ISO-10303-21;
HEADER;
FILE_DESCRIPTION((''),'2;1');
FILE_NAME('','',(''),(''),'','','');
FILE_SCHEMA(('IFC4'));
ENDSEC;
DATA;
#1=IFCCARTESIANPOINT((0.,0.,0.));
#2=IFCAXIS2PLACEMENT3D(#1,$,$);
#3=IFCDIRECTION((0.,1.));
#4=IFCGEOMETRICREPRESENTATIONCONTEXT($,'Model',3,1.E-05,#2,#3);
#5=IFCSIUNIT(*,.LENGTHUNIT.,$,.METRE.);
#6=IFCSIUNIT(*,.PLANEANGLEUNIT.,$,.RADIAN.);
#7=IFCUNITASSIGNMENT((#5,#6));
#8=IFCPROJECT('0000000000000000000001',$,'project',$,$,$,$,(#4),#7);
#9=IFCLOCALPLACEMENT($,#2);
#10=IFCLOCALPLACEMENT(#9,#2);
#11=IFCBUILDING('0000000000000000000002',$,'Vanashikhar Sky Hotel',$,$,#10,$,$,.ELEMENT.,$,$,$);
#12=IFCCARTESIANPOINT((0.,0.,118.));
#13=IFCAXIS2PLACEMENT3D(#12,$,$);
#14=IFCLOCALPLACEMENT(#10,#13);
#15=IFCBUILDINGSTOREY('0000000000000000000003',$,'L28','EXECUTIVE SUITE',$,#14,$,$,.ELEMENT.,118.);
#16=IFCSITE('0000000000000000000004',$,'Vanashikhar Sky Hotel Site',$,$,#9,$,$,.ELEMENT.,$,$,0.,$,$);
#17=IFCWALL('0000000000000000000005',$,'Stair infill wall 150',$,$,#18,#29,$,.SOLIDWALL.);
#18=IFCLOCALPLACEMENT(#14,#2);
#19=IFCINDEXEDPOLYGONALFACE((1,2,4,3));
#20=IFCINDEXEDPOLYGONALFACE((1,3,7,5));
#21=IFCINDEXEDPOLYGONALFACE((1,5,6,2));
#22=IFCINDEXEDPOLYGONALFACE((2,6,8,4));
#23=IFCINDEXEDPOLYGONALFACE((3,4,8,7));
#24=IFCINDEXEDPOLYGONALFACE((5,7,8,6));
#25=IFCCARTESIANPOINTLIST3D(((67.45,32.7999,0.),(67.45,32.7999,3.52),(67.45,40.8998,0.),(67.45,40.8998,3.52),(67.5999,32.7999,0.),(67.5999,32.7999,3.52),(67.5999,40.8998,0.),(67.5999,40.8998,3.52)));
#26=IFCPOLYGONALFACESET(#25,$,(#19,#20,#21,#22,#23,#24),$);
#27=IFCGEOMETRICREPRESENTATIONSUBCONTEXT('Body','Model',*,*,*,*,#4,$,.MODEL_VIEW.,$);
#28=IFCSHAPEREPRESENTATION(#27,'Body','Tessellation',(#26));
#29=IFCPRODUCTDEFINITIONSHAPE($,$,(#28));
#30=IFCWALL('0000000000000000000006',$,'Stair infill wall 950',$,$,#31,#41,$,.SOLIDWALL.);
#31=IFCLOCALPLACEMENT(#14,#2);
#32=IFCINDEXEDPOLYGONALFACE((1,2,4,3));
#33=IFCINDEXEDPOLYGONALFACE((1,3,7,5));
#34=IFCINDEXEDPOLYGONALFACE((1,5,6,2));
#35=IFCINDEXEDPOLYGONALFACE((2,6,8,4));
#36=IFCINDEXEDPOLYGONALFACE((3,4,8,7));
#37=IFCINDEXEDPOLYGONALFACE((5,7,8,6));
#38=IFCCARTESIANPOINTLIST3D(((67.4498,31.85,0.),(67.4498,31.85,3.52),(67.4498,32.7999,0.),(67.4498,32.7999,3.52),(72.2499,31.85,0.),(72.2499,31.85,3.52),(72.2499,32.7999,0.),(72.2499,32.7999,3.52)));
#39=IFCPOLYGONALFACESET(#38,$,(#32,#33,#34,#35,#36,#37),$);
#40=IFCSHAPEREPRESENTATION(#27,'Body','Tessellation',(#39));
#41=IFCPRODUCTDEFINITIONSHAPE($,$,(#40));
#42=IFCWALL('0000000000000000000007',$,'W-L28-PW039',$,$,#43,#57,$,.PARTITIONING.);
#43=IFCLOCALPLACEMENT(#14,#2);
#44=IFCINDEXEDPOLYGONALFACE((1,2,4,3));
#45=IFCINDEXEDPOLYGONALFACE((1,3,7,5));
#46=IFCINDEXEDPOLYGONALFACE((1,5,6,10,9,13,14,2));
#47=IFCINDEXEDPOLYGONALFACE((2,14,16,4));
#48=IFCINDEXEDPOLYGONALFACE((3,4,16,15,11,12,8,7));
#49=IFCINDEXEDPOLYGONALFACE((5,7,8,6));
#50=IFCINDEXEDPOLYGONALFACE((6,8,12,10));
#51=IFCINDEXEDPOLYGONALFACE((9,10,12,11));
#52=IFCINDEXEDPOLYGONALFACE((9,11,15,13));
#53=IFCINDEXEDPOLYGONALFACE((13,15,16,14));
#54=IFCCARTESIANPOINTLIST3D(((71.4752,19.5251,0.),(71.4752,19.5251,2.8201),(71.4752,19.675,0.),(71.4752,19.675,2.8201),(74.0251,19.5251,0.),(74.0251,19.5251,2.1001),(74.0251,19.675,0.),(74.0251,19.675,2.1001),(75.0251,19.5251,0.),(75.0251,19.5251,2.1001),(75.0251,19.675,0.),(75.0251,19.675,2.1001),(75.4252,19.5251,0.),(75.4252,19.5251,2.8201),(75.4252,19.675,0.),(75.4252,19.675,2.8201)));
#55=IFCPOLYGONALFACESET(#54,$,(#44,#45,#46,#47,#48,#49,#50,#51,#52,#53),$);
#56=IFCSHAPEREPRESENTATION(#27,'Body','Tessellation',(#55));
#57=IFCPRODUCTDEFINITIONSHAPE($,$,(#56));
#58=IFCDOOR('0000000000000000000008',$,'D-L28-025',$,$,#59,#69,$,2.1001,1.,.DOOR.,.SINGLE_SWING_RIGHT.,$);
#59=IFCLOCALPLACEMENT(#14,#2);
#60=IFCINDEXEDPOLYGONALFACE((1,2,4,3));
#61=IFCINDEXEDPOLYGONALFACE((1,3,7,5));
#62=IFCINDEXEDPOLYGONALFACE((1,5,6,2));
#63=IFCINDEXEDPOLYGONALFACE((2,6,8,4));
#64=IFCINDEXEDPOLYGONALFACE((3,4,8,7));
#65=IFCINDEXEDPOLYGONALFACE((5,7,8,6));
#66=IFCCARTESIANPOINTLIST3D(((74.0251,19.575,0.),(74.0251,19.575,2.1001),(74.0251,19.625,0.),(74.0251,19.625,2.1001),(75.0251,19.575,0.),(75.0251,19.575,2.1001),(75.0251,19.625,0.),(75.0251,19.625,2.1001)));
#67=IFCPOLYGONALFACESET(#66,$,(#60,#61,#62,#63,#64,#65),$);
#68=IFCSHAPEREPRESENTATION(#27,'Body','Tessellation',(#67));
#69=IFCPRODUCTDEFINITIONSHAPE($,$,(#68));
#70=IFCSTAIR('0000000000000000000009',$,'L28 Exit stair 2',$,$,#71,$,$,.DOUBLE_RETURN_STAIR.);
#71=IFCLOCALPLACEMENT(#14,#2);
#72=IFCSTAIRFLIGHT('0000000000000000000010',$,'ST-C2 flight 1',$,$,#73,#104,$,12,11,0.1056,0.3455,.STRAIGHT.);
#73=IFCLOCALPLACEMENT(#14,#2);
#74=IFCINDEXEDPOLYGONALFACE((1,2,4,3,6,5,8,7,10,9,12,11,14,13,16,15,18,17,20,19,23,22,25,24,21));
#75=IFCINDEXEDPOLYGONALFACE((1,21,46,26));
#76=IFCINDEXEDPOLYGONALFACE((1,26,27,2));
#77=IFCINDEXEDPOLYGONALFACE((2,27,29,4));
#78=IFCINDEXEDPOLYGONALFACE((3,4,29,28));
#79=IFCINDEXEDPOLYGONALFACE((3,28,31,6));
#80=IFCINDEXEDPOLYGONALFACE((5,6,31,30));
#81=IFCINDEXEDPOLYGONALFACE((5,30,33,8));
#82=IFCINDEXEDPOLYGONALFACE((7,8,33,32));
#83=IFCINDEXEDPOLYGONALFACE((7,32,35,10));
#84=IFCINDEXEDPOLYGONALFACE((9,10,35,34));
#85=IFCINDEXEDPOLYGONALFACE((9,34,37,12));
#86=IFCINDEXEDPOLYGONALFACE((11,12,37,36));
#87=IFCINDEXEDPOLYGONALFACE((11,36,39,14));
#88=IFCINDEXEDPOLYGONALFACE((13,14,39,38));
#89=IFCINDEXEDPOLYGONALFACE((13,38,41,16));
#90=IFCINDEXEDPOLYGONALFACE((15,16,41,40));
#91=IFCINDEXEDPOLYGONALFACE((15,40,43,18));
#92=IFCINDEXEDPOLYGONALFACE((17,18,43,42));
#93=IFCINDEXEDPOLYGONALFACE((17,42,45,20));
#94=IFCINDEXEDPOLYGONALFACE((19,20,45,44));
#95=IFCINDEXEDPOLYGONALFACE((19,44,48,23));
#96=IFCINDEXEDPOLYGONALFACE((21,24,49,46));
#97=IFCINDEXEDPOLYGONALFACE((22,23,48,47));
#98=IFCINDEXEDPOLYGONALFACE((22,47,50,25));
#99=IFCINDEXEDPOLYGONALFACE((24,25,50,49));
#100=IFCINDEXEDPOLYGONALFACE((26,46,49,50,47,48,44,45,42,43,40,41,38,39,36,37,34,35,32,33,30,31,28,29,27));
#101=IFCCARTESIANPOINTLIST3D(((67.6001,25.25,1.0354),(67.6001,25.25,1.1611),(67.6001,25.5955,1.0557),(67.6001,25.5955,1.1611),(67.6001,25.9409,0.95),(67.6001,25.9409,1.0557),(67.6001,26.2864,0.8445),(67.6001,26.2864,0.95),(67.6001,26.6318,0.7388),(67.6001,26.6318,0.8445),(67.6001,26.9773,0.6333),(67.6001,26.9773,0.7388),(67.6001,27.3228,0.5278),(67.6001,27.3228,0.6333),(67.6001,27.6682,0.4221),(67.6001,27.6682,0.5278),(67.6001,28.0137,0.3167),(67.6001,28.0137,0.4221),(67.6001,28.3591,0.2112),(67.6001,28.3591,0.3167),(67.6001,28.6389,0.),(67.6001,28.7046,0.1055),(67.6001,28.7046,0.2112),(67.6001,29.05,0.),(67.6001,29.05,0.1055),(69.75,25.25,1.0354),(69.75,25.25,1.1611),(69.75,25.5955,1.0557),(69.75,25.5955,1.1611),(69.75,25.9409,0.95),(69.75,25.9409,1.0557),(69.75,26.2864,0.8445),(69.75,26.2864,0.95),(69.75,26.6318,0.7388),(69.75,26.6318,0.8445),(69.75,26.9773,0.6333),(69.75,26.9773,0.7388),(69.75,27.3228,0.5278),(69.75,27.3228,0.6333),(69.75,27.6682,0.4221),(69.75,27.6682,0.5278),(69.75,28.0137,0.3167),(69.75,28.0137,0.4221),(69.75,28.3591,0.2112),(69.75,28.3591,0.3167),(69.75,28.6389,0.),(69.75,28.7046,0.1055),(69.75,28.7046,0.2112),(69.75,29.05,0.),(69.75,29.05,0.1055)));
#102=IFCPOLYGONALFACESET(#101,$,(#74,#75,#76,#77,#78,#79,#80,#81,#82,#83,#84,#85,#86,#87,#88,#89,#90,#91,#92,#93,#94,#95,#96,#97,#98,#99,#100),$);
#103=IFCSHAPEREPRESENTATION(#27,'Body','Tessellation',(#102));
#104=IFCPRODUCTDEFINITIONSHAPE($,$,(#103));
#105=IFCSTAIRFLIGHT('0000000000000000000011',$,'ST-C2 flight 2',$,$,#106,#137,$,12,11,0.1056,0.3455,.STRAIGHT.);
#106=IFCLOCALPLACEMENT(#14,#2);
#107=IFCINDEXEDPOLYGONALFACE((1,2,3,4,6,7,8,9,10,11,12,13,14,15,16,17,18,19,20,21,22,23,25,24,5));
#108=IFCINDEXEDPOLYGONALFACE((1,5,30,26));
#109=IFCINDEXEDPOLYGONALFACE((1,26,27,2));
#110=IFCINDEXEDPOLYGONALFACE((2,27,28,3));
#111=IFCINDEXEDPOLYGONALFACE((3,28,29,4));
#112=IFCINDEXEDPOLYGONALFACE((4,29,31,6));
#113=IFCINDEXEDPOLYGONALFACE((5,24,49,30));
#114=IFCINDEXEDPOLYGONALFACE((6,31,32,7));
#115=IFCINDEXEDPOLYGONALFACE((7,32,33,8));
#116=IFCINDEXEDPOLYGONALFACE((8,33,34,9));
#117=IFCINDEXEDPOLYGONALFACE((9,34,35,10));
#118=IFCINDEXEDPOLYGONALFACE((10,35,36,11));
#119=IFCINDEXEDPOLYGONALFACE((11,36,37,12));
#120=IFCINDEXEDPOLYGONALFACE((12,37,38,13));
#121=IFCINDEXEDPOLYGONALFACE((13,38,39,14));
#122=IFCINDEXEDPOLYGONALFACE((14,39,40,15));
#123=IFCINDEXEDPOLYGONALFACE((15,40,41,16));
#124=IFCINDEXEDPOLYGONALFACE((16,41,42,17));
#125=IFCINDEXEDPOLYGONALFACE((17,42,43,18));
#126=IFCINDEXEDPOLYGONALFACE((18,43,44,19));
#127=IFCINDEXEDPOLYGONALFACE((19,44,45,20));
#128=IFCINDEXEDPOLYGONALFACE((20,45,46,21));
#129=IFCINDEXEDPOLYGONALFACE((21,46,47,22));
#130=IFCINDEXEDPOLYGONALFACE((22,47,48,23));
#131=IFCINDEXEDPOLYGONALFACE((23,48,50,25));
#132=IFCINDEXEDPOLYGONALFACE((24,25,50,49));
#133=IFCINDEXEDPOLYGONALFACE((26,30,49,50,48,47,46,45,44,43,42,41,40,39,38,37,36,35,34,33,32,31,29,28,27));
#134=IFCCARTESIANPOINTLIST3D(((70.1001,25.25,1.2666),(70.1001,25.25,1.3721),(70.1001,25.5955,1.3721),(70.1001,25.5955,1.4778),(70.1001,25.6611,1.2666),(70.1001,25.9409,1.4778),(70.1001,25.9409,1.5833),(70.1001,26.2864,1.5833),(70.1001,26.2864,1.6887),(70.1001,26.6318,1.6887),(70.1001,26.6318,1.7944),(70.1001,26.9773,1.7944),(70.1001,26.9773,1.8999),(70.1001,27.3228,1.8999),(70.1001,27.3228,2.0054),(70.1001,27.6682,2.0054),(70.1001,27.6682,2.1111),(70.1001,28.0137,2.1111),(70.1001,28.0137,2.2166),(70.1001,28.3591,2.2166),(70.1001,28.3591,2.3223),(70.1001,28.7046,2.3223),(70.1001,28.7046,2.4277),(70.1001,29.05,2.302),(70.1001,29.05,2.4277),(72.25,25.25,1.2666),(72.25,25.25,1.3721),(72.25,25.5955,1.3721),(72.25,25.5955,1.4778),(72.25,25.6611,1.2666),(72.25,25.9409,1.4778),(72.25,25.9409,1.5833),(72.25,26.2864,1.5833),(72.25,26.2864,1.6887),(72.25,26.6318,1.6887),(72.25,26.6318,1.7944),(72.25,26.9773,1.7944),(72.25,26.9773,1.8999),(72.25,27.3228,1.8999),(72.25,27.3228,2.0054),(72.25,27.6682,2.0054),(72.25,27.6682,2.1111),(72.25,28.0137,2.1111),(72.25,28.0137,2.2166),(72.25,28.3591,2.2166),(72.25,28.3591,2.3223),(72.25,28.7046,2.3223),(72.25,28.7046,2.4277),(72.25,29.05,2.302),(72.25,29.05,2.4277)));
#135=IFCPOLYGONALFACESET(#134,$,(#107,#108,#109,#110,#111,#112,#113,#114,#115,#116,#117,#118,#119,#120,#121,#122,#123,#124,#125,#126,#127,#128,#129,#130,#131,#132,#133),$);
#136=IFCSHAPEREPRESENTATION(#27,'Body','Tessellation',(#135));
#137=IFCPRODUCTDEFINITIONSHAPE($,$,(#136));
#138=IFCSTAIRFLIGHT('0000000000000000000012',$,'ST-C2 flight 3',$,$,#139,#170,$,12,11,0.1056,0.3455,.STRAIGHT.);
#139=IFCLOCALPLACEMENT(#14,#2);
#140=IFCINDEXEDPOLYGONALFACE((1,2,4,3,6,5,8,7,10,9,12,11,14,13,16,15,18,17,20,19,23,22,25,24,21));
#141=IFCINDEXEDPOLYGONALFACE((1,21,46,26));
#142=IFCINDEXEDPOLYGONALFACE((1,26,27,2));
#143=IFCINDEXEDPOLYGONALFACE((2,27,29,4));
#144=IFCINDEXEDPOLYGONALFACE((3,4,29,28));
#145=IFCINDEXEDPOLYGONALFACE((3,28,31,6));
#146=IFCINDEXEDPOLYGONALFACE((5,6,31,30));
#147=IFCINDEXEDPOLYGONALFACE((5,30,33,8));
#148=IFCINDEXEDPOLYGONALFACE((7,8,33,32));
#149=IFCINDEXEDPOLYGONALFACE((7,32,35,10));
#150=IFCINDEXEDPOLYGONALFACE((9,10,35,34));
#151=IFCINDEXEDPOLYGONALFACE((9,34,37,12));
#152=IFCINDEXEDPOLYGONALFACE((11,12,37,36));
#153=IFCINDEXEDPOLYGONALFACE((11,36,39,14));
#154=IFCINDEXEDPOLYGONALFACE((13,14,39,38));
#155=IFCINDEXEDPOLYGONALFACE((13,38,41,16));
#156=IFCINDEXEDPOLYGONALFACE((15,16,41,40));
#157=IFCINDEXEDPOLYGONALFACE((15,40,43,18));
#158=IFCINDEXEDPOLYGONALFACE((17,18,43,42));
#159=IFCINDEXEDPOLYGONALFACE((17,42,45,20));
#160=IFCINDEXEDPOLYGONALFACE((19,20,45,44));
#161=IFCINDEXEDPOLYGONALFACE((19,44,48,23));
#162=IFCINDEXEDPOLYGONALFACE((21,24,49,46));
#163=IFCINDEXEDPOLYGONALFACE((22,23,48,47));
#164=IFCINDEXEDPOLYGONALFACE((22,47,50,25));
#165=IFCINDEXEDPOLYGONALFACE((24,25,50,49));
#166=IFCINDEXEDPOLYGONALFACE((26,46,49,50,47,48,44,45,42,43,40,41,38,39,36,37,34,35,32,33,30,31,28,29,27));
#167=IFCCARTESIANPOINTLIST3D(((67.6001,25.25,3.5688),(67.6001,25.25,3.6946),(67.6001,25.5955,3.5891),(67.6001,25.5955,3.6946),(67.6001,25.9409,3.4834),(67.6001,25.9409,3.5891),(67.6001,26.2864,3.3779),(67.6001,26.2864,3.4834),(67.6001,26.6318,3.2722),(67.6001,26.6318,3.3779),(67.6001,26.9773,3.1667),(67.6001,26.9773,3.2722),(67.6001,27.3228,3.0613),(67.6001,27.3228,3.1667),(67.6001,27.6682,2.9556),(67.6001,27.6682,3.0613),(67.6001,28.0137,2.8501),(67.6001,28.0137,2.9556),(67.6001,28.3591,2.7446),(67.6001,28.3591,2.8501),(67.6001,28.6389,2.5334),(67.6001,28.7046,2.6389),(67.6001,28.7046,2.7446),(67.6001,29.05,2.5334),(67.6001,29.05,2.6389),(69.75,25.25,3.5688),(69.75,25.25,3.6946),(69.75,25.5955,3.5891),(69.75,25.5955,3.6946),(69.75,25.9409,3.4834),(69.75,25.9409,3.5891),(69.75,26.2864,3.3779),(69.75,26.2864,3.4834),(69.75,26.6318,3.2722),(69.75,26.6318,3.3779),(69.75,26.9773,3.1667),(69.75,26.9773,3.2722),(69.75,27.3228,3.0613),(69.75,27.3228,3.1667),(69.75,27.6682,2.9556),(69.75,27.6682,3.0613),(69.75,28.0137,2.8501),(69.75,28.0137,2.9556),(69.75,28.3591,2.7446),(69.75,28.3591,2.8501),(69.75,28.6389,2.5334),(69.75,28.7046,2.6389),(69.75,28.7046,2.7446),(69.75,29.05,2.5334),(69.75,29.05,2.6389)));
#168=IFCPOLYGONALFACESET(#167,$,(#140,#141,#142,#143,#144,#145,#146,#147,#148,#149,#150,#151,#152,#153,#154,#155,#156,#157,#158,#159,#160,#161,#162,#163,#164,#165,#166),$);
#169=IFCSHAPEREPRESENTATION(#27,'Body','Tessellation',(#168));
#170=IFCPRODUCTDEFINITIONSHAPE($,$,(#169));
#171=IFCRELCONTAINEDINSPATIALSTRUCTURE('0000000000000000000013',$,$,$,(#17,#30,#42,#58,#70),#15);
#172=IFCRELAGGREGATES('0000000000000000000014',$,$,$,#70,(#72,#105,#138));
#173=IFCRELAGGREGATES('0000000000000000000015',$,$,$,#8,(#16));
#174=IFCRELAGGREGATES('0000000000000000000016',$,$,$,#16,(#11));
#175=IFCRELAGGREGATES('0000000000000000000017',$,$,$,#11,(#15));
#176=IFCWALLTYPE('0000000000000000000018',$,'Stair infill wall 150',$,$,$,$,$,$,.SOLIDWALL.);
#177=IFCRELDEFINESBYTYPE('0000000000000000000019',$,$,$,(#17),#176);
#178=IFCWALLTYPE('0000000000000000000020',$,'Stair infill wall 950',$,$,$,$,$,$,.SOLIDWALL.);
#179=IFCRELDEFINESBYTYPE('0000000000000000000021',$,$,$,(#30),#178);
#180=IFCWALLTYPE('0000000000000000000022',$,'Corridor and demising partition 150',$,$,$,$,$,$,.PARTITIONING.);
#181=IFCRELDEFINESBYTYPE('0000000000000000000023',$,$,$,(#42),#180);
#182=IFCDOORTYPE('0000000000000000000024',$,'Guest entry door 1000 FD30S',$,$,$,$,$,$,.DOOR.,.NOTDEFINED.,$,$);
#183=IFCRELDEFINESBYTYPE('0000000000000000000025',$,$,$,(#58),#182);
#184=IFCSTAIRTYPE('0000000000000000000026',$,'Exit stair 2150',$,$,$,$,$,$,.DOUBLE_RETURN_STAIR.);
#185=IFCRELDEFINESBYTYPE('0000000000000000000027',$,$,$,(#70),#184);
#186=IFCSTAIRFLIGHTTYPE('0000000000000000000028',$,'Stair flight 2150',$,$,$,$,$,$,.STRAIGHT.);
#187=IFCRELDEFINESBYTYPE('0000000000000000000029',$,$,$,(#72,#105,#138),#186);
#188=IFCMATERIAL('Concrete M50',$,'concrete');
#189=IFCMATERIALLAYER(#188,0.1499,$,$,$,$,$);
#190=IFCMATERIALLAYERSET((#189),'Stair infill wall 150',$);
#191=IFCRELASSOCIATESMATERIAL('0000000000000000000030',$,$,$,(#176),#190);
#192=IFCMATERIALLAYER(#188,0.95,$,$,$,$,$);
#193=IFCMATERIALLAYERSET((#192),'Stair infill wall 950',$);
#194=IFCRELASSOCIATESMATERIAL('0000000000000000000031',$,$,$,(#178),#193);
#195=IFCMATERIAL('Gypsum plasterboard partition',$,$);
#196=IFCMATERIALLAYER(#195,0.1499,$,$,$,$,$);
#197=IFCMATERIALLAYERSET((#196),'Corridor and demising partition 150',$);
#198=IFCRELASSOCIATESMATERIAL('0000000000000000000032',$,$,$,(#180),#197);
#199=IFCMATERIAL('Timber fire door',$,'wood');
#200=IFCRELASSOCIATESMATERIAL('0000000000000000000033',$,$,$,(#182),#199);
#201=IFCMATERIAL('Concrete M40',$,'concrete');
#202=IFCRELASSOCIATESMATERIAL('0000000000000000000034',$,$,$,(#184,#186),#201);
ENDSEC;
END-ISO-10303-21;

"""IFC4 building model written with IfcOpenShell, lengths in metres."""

from ifc_helpers import new_model, si_unit, direction, frame, frame_2d, origin, place, context, subcontext, project, spatial, polyline, rectangle, outline, extrude, source, transform, mapped, material, layer, layer_set, type_object, element, fill, aggregate, save


model = new_model("IFC4")

# Units and contexts
model_context = context("Model", 3, precision=1e-05, world=origin(), true_north=direction((0.0, 1.0)))
body_context = subcontext(model_context, "Body", "Model", "MODEL_VIEW")
ifc_project = project(units=[si_unit("LENGTHUNIT", "METRE"), si_unit("PLANEANGLEUNIT", "RADIAN")], contexts=[model_context])

# Site, building, storey
site_placement = place(None, origin())
site = spatial("IfcSite", under=ifc_project, at=site_placement, Name="Vanashikhar Sky Hotel Site", CompositionType="ELEMENT", RefElevation=0.0)
building_placement = place(site_placement, origin())
building = spatial("IfcBuilding", under=site, at=building_placement, Name="Vanashikhar Sky Hotel", CompositionType="ELEMENT")
storey_placement = place(building_placement, frame((0.0, 0.0, 118.0)))
storey = spatial("IfcBuildingStorey", under=building, at=storey_placement, Name="L28", Description="EXECUTIVE SUITE", CompositionType="ELEMENT", Elevation=118.0)

# Shared definitions
ifc_material_1 = material(Name="Concrete M50", Category="concrete")

# Shared definitions
ifc_material_2 = material(Name="Concrete M40", Category="concrete")

# Walls
ifc_layer_1 = layer(ifc_material_1, 0.1499)
ifc_layer_set_1 = layer_set([ifc_layer_1], Name="Stair infill wall 150")
wall_type_1 = type_object("IfcWallType", Name="Stair infill wall 150", PredefinedType="SOLIDWALL", material=ifc_layer_set_1)
shared_shape_1 = source(origin(), body_context, "Body", "SweptSolid", [
    extrude(rectangle(XDim=8.0999, YDim=0.1499, at=frame_2d((4.0498, 0.0))), origin(), (0.0, 0.0, 1.0), 3.52),
])
for number, where, z_axis, x_axis, name in (
    (1, (67.5249, 32.8, 0.0), (0.0, 0.0, 1.0), (0.0, 1.0, 0.0), "Stair infill wall 150"),
):
    element("IfcWall", number, at=place(storey_placement, frame(where, z_axis=z_axis, x_axis=x_axis)), inside=storey, type_object=wall_type_1, Name=name, PredefinedType="SOLIDWALL", context=body_context, shape_type="MappedRepresentation", body=[
        mapped(shared_shape_1, transform((0.0, 0.0, 0.0), scale=1.0)),
    ])
ifc_layer_2 = layer(ifc_material_1, 0.95)
ifc_layer_set_2 = layer_set([ifc_layer_2], Name="Stair infill wall 950")
wall_type_2 = type_object("IfcWallType", Name="Stair infill wall 950", PredefinedType="SOLIDWALL", material=ifc_layer_set_2)
shared_shape_2 = source(origin(), body_context, "Body", "SweptSolid", [
    extrude(rectangle(XDim=4.8, YDim=0.95, at=frame_2d((2.3999, 0.0))), origin(), (0.0, 0.0, 1.0), 3.52),
])
wall_1_placement = place(storey_placement, frame((67.45, 32.325, 0.0), z_axis=(0.0, 0.0, 1.0), x_axis=(1.0, 0.0, 0.0)))
element("IfcWall", 2, at=wall_1_placement, inside=storey, type_object=wall_type_2, Name="Stair infill wall 950", PredefinedType="SOLIDWALL", context=body_context, shape_type="MappedRepresentation", body=[
    mapped(shared_shape_2, transform((0.0, 0.0, 0.0), scale=1.0)),
])

# Wall, opening, door
ifc_material_3 = material(Name="Gypsum plasterboard partition")
ifc_layer_3 = layer(ifc_material_3, 0.1499)
ifc_layer_set_3 = layer_set([ifc_layer_3], Name="Corridor and demising partition 150")
wall_type_3 = type_object("IfcWallType", Name="Corridor and demising partition 150", PredefinedType="PARTITIONING", material=ifc_layer_set_3)
shared_shape_3 = source(origin(), body_context, "Body", "SweptSolid", [
    extrude(rectangle(XDim=3.95, YDim=0.1499, at=frame_2d((1.9751, 0.0))), origin(), (0.0, 0.0, 1.0), 2.8201),
])
wall_2_placement = place(storey_placement, frame((71.4751, 19.6001, 0.0), z_axis=(0.0, 0.0, 1.0), x_axis=(1.0, 0.0, 0.0)))
wall_2 = element("IfcWall", 3, at=wall_2_placement, inside=storey, type_object=wall_type_3, Name="W-L28-PW039", PredefinedType="PARTITIONING", context=body_context, shape_type="MappedRepresentation", body=[
    mapped(shared_shape_3, transform((0.0, 0.0, 0.0), scale=1.0)),
])
shared_shape_4 = source(origin(), body_context, "Body", "SweptSolid", [
    extrude(rectangle(XDim=1.0, YDim=2.1001, at=frame_2d((0.5, 1.05))), frame((0.0, 0.085, 0.0), z_axis=(0.0, -1.0, 0.0), x_axis=(1.0, 0.0, 0.0)), (0.0, 0.0, 1.0), 0.1699),
])
opening_1_placement = place(wall_2_placement, frame((2.55, 0.0, 0.0)))
opening_1 = element("IfcOpeningElement", 4, at=opening_1_placement, cuts=wall_2, PredefinedType="OPENING", context=body_context, shape_type="MappedRepresentation", body=[
    mapped(shared_shape_4, transform((0.0, 0.0, 0.0), scale=1.0)),
])
ifc_material_4 = material(Name="Timber fire door", Category="wood")
door_type_1 = type_object("IfcDoorType", Name="Guest entry door 1000 FD30S", OperationType="NOTDEFINED", PredefinedType="DOOR", material=ifc_material_4)
shared_shape_5 = source(origin(), body_context, "Body", "SweptSolid", [
    extrude(rectangle(XDim=1.0, YDim=2.1001, at=frame_2d((0.5, 1.05))), frame((0.0, 0.0249, 0.0), z_axis=(0.0, -1.0, 0.0), x_axis=(1.0, 0.0, 0.0)), (0.0, 0.0, 1.0), 0.05),
])
door_1_placement = place(opening_1_placement, origin())
door_1 = element("IfcDoor", 5, at=door_1_placement, inside=storey, type_object=door_type_1, Name="D-L28-025", OperationType="SINGLE_SWING_RIGHT", OverallHeight=2.1001, OverallWidth=1.0, PredefinedType="DOOR", context=body_context, shape_type="MappedRepresentation", body=[
    mapped(shared_shape_5, transform((0.0, 0.0, 0.0), scale=1.0)),
])
fill(opening_1, door_1)

# Stair, stair flights
stair_type = type_object("IfcStairType", Name="Exit stair 2150", PredefinedType="DOUBLE_RETURN_STAIR", material=ifc_material_2)
stair_1_placement = place(storey_placement, origin())
stair_1 = element("IfcStair", 6, at=stair_1_placement, inside=storey, type_object=stair_type, Name="L28 Exit stair 2", PredefinedType="DOUBLE_RETURN_STAIR")
stair_flight_type = type_object("IfcStairFlightType", Name="Stair flight 2150", PredefinedType="STRAIGHT", material=ifc_material_2)
shared_shape_6 = source(origin(), body_context, "Body", "SweptSolid", [
    extrude(outline(polyline([(0.0, 0.0), (0.0, 0.1055), (0.3455, 0.1055), (0.3455, 0.2112), (0.6909, 0.2112), (0.6909, 0.3167), (1.0364, 0.3167), (1.0364, 0.4221), (1.3818, 0.4221), (1.3818, 0.5278), (1.7273, 0.5278), (1.7273, 0.6333), (2.0728, 0.6333), (2.0728, 0.7388), (2.4182, 0.7388), (2.4182, 0.8445), (2.7637, 0.8445), (2.7637, 0.95), (3.1091, 0.95), (3.1091, 1.0557), (3.4546, 1.0557), (3.4546, 1.1611), (3.8, 1.1611), (3.8, 1.2666), (3.8, 1.0354), (0.4111, 0.0), (0.0, 0.0)])), frame((0.0, 1.075, 0.0), z_axis=(0.0, -1.0, 0.0), x_axis=(1.0, 0.0, 0.0)), (0.0, 0.0, 1.0), 2.1499),
])
stair_flight_1_placement = place(storey_placement, frame((68.675, 29.05, 0.0), z_axis=(0.0, 0.0, 1.0), x_axis=(0.0, -1.0, 0.0)))
stair_flight_1 = element("IfcStairFlight", 7, at=stair_flight_1_placement, type_object=stair_flight_type, Name="ST-C2 flight 1", NumberOfRisers=12, NumberOfTreads=11, PredefinedType="STRAIGHT", RiserHeight=0.1056, TreadLength=0.3455, context=body_context, shape_type="MappedRepresentation", body=[
    mapped(shared_shape_6, transform((0.0, 0.0, 0.0), scale=1.0)),
])
stair_flight_2_placement = place(storey_placement, frame((71.175, 25.25, 1.2666), z_axis=(0.0, 0.0, 1.0), x_axis=(0.0, 1.0, 0.0)))
stair_flight_2 = element("IfcStairFlight", 8, at=stair_flight_2_placement, type_object=stair_flight_type, Name="ST-C2 flight 2", NumberOfRisers=12, NumberOfTreads=11, PredefinedType="STRAIGHT", RiserHeight=0.1056, TreadLength=0.3455, context=body_context, shape_type="MappedRepresentation", body=[
    mapped(shared_shape_6, transform((0.0, 0.0, 0.0), scale=1.0)),
])
stair_flight_3_placement = place(storey_placement, frame((68.675, 29.05, 2.5334), z_axis=(0.0, 0.0, 1.0), x_axis=(0.0, -1.0, 0.0)))
stair_flight_3 = element("IfcStairFlight", 9, at=stair_flight_3_placement, type_object=stair_flight_type, Name="ST-C2 flight 3", NumberOfRisers=12, NumberOfTreads=11, PredefinedType="STRAIGHT", RiserHeight=0.1056, TreadLength=0.3455, context=body_context, shape_type="MappedRepresentation", body=[
    mapped(shared_shape_6, transform((0.0, 0.0, 0.0), scale=1.0)),
])
aggregate(stair_1, [stair_flight_1, stair_flight_2, stair_flight_3])

save(model, "model.ifc")
